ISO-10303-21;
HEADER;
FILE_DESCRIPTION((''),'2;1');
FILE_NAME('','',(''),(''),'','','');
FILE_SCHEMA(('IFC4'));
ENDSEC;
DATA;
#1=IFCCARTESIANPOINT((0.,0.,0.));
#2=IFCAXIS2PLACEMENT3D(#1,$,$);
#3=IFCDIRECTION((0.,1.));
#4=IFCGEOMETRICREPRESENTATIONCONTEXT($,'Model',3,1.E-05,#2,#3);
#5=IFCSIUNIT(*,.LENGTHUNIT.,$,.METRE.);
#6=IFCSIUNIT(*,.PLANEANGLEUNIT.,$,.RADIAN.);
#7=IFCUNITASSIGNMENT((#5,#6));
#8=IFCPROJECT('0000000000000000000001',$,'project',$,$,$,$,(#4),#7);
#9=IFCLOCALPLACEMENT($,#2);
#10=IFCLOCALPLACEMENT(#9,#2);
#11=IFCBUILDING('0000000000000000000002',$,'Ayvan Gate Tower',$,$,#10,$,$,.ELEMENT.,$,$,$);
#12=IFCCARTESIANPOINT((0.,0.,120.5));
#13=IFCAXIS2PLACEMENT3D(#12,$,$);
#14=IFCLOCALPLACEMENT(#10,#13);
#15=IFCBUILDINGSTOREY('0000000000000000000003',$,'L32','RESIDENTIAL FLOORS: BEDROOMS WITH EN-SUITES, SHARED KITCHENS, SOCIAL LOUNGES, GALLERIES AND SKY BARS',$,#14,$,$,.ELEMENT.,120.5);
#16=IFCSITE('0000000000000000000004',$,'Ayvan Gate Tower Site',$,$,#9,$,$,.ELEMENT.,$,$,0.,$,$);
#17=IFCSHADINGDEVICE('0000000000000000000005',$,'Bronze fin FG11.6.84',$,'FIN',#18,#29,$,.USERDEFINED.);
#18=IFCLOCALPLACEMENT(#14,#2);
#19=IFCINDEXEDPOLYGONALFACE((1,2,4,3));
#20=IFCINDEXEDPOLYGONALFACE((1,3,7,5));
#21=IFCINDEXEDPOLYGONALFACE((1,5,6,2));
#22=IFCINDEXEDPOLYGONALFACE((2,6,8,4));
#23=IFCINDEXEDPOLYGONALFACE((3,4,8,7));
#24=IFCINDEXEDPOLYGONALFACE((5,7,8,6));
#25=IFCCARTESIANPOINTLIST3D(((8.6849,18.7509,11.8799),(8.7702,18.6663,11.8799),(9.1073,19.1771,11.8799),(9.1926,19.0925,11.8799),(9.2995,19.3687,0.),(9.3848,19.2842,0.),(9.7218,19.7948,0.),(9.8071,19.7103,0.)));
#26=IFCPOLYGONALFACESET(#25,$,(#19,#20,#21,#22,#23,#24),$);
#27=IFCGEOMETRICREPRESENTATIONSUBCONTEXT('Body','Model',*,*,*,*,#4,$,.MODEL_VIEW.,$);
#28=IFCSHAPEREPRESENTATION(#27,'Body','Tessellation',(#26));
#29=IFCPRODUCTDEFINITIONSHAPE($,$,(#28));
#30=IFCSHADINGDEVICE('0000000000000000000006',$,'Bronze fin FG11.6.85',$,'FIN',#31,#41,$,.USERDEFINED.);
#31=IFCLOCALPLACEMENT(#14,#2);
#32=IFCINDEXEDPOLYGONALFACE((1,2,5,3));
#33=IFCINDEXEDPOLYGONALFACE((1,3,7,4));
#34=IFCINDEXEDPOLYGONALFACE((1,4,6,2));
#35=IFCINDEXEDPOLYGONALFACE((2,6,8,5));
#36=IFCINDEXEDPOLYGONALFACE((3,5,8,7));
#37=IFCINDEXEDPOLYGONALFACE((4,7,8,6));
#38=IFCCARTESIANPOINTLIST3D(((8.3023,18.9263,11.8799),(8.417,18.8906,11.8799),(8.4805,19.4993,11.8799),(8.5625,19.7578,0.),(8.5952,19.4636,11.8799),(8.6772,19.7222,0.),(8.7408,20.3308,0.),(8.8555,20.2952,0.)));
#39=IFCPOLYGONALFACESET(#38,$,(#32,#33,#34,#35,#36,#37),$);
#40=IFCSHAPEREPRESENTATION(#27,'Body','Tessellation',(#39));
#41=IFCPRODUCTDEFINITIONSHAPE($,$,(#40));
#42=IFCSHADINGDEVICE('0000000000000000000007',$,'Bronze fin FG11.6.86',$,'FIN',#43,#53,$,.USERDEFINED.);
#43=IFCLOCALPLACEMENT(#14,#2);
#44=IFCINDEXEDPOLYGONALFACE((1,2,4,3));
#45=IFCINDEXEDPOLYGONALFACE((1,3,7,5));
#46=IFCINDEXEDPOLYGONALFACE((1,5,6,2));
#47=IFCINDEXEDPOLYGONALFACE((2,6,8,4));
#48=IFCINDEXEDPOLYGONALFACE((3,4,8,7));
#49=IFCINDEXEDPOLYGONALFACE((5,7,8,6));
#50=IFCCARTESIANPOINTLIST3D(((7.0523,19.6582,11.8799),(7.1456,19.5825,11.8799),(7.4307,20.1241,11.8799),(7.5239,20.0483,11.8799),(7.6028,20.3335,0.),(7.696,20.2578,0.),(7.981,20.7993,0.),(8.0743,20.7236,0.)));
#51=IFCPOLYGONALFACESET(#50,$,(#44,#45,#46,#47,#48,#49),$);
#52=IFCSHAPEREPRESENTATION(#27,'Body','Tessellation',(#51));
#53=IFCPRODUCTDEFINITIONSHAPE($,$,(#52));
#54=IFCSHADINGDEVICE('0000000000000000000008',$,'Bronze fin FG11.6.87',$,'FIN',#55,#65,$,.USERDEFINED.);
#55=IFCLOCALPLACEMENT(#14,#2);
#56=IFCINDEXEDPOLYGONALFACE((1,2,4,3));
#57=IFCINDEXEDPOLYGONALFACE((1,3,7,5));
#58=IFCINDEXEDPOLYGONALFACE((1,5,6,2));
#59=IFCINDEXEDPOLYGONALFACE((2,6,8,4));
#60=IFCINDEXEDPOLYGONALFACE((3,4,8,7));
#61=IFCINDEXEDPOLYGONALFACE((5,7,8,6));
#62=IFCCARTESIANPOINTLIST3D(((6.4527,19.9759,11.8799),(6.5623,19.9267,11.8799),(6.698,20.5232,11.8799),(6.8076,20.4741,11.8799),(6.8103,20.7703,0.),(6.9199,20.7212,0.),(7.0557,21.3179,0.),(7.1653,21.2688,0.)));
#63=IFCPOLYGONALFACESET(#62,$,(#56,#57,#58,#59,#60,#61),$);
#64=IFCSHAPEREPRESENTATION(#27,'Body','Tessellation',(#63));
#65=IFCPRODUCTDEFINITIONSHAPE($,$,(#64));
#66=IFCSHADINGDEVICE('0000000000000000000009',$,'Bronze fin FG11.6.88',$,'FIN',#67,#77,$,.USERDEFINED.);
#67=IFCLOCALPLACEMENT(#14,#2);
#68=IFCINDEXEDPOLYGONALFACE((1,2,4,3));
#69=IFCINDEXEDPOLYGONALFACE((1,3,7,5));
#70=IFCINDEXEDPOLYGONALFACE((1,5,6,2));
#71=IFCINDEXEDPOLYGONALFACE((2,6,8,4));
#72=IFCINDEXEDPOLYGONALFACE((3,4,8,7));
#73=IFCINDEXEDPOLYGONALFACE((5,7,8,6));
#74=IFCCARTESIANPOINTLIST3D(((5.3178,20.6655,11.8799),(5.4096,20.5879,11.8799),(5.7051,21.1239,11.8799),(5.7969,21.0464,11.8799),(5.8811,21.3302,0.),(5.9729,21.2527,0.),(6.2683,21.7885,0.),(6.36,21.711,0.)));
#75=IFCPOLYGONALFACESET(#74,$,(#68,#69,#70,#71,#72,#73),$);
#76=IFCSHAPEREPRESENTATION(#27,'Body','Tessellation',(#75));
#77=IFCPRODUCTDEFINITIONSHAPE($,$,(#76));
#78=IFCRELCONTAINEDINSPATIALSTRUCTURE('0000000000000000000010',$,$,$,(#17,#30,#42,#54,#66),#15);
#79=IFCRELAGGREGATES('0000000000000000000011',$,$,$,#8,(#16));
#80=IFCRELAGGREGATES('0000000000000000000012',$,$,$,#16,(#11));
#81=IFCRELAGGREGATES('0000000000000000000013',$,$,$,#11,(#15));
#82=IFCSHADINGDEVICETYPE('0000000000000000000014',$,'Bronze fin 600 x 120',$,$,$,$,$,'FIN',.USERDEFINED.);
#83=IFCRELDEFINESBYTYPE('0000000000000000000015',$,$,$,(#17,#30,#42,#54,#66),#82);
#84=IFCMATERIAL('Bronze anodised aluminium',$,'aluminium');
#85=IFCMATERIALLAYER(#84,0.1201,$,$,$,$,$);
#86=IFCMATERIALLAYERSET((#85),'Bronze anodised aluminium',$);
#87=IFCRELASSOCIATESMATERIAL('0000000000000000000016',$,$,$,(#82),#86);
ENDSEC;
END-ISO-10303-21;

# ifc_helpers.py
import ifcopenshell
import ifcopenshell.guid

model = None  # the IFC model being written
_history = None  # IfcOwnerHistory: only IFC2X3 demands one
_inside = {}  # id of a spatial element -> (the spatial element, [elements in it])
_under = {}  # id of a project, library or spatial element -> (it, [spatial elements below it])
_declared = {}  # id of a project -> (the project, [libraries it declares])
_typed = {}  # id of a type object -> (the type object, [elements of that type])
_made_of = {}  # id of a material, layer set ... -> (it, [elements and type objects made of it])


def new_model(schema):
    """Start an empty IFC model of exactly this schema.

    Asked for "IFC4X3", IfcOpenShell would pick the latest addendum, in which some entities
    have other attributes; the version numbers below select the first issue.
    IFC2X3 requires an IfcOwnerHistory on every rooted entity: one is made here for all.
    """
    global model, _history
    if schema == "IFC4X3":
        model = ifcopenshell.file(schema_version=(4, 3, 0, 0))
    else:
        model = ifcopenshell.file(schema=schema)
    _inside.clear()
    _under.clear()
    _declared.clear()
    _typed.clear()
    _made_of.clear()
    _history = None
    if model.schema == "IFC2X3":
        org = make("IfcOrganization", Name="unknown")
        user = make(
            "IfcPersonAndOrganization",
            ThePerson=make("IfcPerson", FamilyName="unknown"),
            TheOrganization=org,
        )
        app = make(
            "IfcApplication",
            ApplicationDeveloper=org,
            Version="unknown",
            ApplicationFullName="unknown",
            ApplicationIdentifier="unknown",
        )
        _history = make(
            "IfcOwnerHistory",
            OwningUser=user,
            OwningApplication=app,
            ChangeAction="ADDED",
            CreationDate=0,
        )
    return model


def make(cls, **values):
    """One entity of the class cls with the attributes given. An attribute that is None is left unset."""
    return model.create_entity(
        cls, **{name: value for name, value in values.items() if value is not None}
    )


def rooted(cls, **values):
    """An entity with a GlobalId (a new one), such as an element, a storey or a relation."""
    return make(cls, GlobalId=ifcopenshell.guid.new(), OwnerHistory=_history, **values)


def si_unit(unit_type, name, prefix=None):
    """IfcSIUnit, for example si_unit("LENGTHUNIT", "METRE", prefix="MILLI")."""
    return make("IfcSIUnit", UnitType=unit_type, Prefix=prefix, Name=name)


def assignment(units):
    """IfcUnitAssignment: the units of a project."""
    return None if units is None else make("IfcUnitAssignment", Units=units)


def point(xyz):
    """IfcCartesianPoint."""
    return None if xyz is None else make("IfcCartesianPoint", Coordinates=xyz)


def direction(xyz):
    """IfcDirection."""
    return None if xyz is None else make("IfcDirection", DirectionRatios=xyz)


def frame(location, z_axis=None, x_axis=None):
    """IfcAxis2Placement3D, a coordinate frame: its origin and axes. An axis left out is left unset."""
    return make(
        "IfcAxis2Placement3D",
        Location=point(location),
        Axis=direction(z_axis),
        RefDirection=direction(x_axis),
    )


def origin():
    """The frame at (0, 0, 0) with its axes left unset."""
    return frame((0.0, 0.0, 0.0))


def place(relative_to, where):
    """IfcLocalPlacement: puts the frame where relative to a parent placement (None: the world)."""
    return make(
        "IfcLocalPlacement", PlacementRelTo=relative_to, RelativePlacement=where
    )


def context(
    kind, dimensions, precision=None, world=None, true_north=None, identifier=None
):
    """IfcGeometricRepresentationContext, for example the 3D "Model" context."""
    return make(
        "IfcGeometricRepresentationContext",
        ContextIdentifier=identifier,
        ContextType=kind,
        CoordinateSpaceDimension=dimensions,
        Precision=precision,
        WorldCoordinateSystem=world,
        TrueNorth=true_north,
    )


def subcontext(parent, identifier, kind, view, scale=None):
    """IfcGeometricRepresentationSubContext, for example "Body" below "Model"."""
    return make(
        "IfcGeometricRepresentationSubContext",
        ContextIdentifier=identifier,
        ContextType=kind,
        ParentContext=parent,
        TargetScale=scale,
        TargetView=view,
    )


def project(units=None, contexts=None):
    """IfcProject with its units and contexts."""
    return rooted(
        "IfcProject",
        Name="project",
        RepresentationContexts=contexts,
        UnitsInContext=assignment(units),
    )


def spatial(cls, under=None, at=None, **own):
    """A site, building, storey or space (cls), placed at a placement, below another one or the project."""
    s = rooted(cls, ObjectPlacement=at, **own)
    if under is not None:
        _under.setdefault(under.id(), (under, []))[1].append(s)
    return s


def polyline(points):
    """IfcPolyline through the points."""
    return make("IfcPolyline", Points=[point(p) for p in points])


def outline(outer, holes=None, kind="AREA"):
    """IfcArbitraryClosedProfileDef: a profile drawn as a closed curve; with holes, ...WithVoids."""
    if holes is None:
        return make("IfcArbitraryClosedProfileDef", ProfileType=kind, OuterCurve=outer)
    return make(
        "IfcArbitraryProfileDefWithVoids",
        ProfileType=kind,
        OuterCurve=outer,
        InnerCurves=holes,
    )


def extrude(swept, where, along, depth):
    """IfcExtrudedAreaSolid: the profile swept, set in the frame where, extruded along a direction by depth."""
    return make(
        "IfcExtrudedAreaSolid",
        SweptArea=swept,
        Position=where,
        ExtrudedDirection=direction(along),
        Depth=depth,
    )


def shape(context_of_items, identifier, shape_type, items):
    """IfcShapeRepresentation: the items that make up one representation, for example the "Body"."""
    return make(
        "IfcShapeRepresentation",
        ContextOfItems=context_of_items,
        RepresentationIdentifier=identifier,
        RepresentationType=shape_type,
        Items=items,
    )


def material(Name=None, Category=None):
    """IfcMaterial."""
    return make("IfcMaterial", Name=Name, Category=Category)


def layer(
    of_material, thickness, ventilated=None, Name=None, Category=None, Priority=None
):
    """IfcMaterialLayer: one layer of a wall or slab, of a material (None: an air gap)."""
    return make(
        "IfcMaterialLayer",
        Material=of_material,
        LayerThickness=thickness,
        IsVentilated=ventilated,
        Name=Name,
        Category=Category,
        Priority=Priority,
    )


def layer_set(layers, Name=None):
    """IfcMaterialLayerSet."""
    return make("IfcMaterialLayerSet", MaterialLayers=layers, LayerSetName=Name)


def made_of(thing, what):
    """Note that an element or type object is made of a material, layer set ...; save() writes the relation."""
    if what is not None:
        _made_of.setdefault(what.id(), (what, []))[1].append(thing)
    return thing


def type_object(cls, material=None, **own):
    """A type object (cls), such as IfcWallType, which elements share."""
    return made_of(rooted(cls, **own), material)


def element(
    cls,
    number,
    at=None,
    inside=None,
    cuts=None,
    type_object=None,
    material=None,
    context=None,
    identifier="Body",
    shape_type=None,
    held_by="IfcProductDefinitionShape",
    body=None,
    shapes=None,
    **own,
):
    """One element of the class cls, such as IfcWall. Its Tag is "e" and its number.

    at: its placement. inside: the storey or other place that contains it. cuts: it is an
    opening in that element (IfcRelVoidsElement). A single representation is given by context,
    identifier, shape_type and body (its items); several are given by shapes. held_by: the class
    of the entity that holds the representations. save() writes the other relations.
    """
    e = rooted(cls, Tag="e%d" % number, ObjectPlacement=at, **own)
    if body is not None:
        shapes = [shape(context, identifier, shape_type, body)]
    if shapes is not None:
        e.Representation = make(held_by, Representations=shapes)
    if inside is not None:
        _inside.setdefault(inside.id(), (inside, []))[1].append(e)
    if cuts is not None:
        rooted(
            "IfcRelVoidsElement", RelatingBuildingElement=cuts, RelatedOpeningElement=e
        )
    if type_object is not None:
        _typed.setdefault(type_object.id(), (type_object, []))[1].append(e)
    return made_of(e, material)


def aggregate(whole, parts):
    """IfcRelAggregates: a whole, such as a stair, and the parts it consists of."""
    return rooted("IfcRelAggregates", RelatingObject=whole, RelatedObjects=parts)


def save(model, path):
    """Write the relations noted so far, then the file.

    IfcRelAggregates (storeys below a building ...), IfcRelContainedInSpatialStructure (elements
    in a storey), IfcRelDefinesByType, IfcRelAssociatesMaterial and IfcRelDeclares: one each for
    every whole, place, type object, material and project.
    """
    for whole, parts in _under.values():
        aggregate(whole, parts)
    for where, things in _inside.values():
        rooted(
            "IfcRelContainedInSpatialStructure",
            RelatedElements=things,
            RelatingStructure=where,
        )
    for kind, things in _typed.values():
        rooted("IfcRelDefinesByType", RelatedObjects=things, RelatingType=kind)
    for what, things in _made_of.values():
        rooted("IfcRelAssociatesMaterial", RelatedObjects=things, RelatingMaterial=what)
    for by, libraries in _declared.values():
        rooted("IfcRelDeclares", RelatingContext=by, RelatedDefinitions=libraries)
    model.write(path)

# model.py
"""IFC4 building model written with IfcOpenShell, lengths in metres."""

from ifc_helpers import new_model, si_unit, direction, frame, origin, place, context, subcontext, project, spatial, polyline, outline, extrude, material, layer, layer_set, type_object, element, save


model = new_model("IFC4")

# Units and contexts
model_context = context("Model", 3, precision=1e-05, world=origin(), true_north=direction((0.0, 1.0)))
body_context = subcontext(model_context, "Body", "Model", "MODEL_VIEW")
ifc_project = project(units=[si_unit("LENGTHUNIT", "METRE"), si_unit("PLANEANGLEUNIT", "RADIAN")], contexts=[model_context])

# Site, building, storey
site_placement = place(None, origin())
site = spatial("IfcSite", under=ifc_project, at=site_placement, Name="Ayvan Gate Tower Site", CompositionType="ELEMENT", RefElevation=0.0)
building_placement = place(site_placement, origin())
building = spatial("IfcBuilding", under=site, at=building_placement, Name="Ayvan Gate Tower", CompositionType="ELEMENT")
storey_placement = place(building_placement, frame((0.0, 0.0, 120.5)))
storey = spatial("IfcBuildingStorey", under=building, at=storey_placement, Name="L32", Description="RESIDENTIAL FLOORS: BEDROOMS WITH EN-SUITES, SHARED KITCHENS, SOCIAL LOUNGES, GALLERIES AND SKY BARS", CompositionType="ELEMENT", Elevation=120.5)

# Shared definitions
ifc_material_1 = material(Name="Bronze anodised aluminium", Category="aluminium")

# Shading devices
ifc_layer_1 = layer(ifc_material_1, 0.1201)
ifc_layer_set_1 = layer_set([ifc_layer_1], Name="Bronze anodised aluminium")
shading_device_type = type_object("IfcShadingDeviceType", Name="Bronze fin 600 x 120", ElementType="FIN", PredefinedType="USERDEFINED", material=ifc_layer_set_1)
shading_device_1_placement = place(storey_placement, frame((9.3848, 19.2842, 0.0), z_axis=(0.710253, -0.703946, 0.000131), x_axis=(0.703946, 0.710253, 0.0)))
element("IfcShadingDevice", 1, at=shading_device_1_placement, inside=storey, type_object=shading_device_type, Name="Bronze fin FG11.6.84", ObjectType="FIN", PredefinedType="USERDEFINED", context=body_context, shape_type="SweptSolid", body=[
    extrude(outline(polyline([(0.0, 0.0), (0.5999, 0.0), (-0.2714, 11.8799), (-0.8715, 11.8799), (0.0, 0.0)])), origin(), (0.0, 0.0, -1.0), 0.1201),
])
shading_device_2_placement = place(storey_placement, frame((8.6772, 19.7222, 0.0), z_axis=(0.954877, -0.297001, 0.00013), x_axis=(0.297001, 0.954877, 0.0)))
element("IfcShadingDevice", 2, at=shading_device_2_placement, inside=storey, type_object=shading_device_type, Name="Bronze fin FG11.6.85", ObjectType="FIN", PredefinedType="USERDEFINED", context=body_context, shape_type="SweptSolid", body=[
    extrude(outline(polyline([(0.0, 0.0), (0.6001, 0.0), (-0.2712, 11.8799), (-0.8713, 11.8799), (0.0, 0.0)])), origin(), (0.0, 0.0, -1.0), 0.1201),
])
shading_device_3_placement = place(storey_placement, frame((7.696, 20.2578, 0.0), z_axis=(0.776263, -0.630409, 0.000131), x_axis=(0.630409, 0.776263, 0.0)))
element("IfcShadingDevice", 3, at=shading_device_3_placement, inside=storey, type_object=shading_device_type, Name="Bronze fin FG11.6.86", ObjectType="FIN", PredefinedType="USERDEFINED", context=body_context, shape_type="SweptSolid", body=[
    extrude(outline(polyline([(0.0, 0.0), (0.6, 0.0), (-0.2711, 11.8799), (-0.8713, 11.8799), (0.0, 0.0)])), origin(), (0.0, 0.0, -1.0), 0.1201),
])
shading_device_4_placement = place(storey_placement, frame((6.9199, 20.7212, 0.0), z_axis=(0.912549, -0.408968, 0.000121), x_axis=(0.408968, 0.912549, 0.0)))
element("IfcShadingDevice", 4, at=shading_device_4_placement, inside=storey, type_object=shading_device_type, Name="Bronze fin FG11.6.87", ObjectType="FIN", PredefinedType="USERDEFINED", context=body_context, shape_type="SweptSolid", body=[
    extrude(outline(polyline([(0.0, 0.0), (0.6001, 0.0), (-0.2714, 11.8799), (-0.8712, 11.8799), (0.0, 0.0)])), origin(), (0.0, 0.0, -1.0), 0.1201),
])
shading_device_5_placement = place(storey_placement, frame((5.9729, 21.2527, 0.0), z_axis=(0.763918, -0.645313, 0.000113), x_axis=(0.645313, 0.763918, 0.0)))
element("IfcShadingDevice", 5, at=shading_device_5_placement, inside=storey, type_object=shading_device_type, Name="Bronze fin FG11.6.88", ObjectType="FIN", PredefinedType="USERDEFINED", context=body_context, shape_type="SweptSolid", body=[
    extrude(outline(polyline([(0.0, 0.0), (0.5999, 0.0), (-0.2712, 11.8799), (-0.8713, 11.8799), (0.0, 0.0)])), origin(), (0.0, 0.0, -1.0), 0.1201),
])

save(model, "model.ifc")
